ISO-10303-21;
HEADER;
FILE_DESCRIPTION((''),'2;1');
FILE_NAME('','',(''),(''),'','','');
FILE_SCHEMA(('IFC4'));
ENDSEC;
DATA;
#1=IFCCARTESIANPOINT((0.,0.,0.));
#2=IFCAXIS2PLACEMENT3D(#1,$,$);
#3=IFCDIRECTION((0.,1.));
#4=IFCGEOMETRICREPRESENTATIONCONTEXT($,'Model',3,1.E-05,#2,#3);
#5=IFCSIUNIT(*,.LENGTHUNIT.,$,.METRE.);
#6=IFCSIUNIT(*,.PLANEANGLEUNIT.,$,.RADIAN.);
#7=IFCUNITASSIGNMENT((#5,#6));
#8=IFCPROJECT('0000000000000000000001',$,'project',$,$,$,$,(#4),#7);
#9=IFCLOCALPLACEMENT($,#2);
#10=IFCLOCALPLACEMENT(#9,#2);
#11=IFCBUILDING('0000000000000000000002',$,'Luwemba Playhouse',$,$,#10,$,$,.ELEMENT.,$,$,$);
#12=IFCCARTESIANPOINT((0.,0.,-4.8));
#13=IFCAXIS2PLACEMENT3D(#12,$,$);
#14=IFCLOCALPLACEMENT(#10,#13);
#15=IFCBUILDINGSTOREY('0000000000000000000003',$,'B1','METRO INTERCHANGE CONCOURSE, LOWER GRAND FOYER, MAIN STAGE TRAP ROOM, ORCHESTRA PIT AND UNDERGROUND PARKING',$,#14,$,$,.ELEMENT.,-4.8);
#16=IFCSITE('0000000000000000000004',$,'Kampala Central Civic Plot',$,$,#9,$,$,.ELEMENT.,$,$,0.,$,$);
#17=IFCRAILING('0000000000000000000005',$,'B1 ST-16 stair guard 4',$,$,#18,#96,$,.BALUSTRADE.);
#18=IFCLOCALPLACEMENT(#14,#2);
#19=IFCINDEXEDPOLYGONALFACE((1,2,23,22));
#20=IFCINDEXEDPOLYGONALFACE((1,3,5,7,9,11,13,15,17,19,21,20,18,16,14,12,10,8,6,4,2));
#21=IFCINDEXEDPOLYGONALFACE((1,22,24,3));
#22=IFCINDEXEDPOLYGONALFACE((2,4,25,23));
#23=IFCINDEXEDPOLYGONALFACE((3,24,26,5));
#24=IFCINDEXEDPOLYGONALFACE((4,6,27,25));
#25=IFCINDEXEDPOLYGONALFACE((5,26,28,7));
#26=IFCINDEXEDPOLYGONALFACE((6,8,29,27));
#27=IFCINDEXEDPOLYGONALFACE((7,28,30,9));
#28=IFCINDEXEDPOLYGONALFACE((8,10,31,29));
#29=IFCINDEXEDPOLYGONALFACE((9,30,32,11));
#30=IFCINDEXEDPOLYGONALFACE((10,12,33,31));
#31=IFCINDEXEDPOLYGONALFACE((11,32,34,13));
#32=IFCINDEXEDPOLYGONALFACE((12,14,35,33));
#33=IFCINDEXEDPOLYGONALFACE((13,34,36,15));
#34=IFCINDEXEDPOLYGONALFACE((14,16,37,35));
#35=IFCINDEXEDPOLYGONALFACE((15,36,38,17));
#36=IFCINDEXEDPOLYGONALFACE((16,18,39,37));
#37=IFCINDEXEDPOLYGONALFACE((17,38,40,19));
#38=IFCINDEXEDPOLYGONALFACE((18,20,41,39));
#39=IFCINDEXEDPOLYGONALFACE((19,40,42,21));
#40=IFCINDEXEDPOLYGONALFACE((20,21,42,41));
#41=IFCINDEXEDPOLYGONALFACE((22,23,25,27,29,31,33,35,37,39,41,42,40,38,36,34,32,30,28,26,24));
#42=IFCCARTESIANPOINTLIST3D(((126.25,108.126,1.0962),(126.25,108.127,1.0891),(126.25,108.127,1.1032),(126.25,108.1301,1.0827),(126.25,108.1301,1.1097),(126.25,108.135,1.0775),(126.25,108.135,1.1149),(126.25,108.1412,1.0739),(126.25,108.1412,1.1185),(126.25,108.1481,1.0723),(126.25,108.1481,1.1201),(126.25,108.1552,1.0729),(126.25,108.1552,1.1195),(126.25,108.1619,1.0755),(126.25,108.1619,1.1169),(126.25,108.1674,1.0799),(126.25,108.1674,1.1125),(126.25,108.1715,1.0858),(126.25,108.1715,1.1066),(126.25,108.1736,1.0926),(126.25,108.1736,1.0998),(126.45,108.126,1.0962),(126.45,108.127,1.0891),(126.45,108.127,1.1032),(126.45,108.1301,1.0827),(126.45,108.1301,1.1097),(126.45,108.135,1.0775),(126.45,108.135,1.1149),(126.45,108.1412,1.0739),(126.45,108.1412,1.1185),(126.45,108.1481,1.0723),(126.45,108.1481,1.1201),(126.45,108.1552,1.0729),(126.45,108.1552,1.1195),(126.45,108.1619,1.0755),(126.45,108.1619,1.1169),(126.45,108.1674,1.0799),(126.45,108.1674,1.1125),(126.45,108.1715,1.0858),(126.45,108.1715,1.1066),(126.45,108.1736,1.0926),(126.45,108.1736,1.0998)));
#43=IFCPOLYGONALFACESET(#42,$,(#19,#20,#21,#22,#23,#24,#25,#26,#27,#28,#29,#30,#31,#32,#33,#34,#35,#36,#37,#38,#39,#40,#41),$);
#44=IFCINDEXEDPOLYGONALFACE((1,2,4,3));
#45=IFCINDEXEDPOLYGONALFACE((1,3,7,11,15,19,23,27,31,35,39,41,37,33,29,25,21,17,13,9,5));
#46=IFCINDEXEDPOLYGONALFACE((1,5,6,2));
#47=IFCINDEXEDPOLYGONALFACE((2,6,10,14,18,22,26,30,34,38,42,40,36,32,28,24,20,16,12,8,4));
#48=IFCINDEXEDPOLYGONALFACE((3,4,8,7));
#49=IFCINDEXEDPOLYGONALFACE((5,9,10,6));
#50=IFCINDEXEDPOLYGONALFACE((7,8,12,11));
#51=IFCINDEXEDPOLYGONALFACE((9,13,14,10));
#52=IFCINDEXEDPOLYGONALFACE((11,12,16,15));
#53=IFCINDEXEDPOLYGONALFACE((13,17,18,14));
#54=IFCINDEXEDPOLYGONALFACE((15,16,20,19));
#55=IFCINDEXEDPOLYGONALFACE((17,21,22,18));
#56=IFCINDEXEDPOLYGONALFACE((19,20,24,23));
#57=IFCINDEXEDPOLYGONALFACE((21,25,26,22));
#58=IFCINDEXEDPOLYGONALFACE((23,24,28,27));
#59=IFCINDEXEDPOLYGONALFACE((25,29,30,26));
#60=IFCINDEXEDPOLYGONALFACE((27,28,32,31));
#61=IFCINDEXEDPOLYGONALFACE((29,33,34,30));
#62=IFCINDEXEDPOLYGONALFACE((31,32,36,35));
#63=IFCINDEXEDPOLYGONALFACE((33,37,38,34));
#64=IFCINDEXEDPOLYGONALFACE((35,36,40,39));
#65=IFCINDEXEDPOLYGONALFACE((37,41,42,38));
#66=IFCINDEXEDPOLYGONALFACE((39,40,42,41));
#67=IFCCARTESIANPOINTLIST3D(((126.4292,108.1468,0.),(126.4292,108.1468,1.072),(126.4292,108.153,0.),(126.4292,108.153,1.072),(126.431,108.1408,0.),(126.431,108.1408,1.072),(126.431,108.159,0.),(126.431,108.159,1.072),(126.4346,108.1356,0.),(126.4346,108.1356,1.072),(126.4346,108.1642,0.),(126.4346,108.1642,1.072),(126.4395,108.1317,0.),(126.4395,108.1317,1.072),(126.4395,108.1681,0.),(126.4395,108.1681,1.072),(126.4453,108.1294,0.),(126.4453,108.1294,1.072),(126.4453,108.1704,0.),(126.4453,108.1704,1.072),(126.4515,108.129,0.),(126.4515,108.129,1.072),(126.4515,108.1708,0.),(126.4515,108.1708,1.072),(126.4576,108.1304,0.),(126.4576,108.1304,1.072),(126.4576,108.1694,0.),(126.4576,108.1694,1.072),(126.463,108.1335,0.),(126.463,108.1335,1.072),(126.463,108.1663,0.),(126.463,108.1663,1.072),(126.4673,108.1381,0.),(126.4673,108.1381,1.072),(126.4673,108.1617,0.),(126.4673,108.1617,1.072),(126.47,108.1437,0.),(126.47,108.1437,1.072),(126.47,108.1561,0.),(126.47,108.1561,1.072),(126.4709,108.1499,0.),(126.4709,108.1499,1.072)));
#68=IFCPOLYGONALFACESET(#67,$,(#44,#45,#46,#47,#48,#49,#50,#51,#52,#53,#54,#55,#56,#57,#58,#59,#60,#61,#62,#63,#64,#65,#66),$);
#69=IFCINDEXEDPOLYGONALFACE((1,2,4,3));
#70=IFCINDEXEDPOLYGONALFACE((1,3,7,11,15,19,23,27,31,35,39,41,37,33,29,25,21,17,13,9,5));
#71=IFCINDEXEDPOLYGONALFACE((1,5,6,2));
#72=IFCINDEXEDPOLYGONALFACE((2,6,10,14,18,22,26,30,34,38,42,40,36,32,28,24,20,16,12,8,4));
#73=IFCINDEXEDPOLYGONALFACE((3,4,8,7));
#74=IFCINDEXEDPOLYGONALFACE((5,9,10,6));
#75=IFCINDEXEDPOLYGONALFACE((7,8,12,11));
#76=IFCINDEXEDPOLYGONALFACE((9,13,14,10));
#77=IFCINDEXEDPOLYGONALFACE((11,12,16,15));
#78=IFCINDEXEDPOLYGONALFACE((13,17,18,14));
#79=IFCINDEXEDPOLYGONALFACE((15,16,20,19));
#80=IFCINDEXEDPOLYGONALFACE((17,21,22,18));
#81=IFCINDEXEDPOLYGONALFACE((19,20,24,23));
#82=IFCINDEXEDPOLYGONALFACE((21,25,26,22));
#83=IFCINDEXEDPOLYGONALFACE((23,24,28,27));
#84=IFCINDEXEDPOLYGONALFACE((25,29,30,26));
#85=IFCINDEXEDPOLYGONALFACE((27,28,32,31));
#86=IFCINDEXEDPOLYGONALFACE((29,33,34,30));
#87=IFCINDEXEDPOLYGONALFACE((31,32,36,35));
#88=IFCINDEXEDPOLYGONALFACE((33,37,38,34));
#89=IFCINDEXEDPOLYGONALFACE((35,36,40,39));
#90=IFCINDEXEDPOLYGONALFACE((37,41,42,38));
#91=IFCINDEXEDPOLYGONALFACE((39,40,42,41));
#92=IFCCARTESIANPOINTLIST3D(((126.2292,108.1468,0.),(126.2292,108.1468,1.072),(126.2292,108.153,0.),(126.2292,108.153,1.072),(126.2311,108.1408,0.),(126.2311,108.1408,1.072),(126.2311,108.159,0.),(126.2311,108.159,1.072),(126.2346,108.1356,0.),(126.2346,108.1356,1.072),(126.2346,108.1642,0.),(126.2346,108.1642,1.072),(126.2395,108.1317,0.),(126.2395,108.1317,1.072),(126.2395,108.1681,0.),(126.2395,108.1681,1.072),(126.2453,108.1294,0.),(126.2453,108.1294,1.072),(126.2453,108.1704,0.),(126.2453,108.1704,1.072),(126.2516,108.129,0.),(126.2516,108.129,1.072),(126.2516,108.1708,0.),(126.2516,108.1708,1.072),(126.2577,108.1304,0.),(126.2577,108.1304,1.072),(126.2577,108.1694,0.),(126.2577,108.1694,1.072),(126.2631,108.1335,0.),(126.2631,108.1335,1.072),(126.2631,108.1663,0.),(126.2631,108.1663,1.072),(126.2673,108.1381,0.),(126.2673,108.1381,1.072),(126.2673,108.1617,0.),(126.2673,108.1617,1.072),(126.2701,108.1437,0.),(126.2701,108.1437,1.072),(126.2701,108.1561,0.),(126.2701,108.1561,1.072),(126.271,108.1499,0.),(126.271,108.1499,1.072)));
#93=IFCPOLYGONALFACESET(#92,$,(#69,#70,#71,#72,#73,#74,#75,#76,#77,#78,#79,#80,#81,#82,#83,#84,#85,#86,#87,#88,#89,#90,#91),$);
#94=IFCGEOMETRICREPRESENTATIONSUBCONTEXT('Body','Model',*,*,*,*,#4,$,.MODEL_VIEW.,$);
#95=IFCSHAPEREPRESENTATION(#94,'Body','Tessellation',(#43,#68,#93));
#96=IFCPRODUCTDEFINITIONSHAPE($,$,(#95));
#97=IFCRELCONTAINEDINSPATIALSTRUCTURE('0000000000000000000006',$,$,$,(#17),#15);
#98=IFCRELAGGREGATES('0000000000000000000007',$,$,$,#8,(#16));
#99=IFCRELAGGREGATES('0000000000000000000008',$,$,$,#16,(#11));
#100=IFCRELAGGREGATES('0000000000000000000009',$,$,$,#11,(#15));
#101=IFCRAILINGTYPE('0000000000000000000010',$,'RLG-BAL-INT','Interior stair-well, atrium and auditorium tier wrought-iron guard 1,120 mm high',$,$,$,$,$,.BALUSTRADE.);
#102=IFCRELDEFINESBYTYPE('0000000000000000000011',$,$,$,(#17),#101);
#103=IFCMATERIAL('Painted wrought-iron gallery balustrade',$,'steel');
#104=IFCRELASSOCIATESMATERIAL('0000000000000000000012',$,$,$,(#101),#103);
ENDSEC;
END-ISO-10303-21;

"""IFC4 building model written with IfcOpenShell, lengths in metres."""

from ifc_helpers import new_model, si_unit, direction, frame, origin, origin_2d, place, context, subcontext, project, spatial, circle, extrude, material, type_object, element, save


model = new_model("IFC4")

# Units and contexts
model_context = context("Model", 3, precision=1e-05, world=origin(), true_north=direction((0.0, 1.0)))
body_context = subcontext(model_context, "Body", "Model", "MODEL_VIEW")
ifc_project = project(units=[si_unit("LENGTHUNIT", "METRE"), si_unit("PLANEANGLEUNIT", "RADIAN")], contexts=[model_context])

# Site, building, storey
site_placement = place(None, origin())
site = spatial("IfcSite", under=ifc_project, at=site_placement, Name="Kampala Central Civic Plot", CompositionType="ELEMENT", RefElevation=0.0)
building_placement = place(site_placement, origin())
building = spatial("IfcBuilding", under=site, at=building_placement, Name="Luwemba Playhouse", CompositionType="ELEMENT")
storey_placement = place(building_placement, frame((0.0, 0.0, -4.8)))
storey = spatial("IfcBuildingStorey", under=building, at=storey_placement, Name="B1", Description="METRO INTERCHANGE CONCOURSE, LOWER GRAND FOYER, MAIN STAGE TRAP ROOM, ORCHESTRA PIT AND UNDERGROUND PARKING", CompositionType="ELEMENT", Elevation=-4.8)

# Railing
ifc_material_1 = material(Name="Painted wrought-iron gallery balustrade", Category="steel")
railing_type_1 = type_object("IfcRailingType", Name="RLG-BAL-INT", Description="Interior stair-well, atrium and auditorium tier wrought-iron guard 1,120 mm high", PredefinedType="BALUSTRADE", material=ifc_material_1)
railing_1_placement = place(storey_placement, frame((126.45, 108.1499, 0.0)))
element("IfcRailing", 1, at=railing_1_placement, inside=storey, type_object=railing_type_1, Name="B1 ST-16 stair guard 4", PredefinedType="BALUSTRADE", context=body_context, shape_type="SweptSolid", body=[
    extrude(circle(Radius=0.0239, at=origin_2d()), frame((0.0, 0.0, 1.0962), z_axis=(-1.0, 0.0, 0.0), x_axis=(0.0, -1.0, 0.0)), (0.0, 0.0, 1.0), 0.2),
    extrude(circle(Radius=0.021, at=origin_2d()), origin(), (0.0, 0.0, 1.0), 1.072),
    extrude(circle(Radius=0.021, at=origin_2d()), frame((-0.2, 0.0, 0.0)), (0.0, 0.0, 1.0), 1.072),
])

save(model, "model.ifc")
